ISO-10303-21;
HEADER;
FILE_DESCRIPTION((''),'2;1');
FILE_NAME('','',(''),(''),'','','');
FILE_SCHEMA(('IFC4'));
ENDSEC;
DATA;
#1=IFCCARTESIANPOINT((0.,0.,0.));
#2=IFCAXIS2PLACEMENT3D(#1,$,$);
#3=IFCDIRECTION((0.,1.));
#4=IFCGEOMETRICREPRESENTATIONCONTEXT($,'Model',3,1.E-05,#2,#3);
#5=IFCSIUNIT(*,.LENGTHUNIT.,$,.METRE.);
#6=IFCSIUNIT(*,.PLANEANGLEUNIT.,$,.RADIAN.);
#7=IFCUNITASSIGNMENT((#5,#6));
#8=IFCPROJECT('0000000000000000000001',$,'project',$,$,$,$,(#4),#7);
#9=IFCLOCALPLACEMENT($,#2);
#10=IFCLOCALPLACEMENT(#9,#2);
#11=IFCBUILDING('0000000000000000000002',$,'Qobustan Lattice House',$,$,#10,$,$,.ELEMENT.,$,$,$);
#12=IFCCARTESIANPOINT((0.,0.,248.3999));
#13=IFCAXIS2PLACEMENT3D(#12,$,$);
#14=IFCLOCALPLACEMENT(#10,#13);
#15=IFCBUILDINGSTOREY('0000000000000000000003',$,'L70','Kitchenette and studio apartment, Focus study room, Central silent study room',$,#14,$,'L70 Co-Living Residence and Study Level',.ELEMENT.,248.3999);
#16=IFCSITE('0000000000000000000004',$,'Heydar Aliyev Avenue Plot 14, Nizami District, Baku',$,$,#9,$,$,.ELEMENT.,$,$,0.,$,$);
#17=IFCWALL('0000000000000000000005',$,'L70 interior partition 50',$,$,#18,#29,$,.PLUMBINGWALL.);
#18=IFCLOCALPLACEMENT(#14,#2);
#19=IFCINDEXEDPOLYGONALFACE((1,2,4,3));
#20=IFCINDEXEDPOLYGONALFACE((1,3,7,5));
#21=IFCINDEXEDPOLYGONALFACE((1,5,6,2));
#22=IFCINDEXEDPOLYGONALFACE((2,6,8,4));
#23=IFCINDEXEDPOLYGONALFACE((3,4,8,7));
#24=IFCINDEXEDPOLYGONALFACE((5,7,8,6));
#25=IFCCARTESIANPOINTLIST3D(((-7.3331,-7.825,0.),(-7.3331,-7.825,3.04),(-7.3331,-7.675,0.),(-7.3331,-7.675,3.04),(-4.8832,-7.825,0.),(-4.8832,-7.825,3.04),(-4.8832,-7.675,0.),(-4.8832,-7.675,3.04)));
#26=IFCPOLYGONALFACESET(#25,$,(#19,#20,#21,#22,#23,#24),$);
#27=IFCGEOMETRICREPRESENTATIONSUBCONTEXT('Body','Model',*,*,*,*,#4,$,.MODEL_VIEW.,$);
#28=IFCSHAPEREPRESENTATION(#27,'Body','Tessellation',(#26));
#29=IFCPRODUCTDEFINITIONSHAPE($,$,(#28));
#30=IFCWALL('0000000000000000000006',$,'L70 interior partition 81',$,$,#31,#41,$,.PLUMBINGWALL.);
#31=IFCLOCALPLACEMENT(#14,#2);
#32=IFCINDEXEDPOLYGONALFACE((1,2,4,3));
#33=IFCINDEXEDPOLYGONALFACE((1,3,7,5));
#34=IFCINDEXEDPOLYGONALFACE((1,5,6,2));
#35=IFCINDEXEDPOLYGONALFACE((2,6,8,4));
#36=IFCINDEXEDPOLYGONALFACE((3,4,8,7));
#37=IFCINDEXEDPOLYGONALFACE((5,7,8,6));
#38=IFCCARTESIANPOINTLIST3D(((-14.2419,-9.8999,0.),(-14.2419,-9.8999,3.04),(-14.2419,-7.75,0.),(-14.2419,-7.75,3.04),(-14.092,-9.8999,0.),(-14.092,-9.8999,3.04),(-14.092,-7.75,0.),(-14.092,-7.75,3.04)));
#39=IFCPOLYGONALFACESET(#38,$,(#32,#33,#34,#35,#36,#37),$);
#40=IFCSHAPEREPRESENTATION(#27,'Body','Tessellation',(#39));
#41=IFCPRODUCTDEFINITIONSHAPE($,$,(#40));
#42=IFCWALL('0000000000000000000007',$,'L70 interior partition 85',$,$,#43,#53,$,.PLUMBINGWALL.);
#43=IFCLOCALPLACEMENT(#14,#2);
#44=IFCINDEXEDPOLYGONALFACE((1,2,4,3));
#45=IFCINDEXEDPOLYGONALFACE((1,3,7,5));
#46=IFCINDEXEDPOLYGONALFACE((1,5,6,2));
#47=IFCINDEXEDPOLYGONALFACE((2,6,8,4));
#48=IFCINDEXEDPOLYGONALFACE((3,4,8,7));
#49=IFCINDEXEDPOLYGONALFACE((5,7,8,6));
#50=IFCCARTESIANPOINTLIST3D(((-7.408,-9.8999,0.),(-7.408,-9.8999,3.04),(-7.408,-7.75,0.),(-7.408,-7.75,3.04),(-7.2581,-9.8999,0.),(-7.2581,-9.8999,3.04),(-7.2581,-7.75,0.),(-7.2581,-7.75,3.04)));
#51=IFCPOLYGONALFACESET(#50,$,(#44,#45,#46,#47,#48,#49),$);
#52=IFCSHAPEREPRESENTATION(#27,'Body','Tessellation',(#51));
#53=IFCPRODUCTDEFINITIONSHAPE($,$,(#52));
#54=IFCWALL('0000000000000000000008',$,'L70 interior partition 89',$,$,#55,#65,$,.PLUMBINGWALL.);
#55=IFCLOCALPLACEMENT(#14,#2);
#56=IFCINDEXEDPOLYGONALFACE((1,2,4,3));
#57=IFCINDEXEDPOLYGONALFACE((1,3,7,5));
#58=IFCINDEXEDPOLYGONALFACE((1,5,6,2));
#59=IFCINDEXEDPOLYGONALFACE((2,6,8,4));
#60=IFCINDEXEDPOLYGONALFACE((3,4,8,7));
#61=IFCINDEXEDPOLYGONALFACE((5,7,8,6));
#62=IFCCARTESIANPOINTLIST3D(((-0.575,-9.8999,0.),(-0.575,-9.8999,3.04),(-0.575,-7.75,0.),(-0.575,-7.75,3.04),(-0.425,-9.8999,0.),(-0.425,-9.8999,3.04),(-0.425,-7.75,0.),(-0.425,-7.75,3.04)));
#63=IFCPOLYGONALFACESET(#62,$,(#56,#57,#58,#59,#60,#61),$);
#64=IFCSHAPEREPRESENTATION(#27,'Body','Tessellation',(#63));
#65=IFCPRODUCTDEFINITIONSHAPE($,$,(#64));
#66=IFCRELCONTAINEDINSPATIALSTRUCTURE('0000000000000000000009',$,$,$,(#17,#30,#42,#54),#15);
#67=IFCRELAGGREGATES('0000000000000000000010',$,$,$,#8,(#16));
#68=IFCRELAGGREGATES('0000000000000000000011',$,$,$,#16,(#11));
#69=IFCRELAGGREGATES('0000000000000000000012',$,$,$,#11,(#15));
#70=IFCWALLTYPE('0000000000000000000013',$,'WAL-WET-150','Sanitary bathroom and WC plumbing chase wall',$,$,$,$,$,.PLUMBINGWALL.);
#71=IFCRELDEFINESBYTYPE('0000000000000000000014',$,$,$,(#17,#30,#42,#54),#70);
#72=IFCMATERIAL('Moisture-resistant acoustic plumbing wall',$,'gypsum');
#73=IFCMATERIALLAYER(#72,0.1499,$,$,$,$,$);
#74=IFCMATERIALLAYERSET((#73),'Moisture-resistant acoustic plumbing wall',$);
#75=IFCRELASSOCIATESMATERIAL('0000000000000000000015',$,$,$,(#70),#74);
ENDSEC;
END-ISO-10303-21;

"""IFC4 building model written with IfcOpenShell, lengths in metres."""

from ifc_helpers import new_model, si_unit, direction, frame, frame_2d, origin, place, context, subcontext, project, spatial, rectangle, extrude, material, layer, layer_set, type_object, element, save


model = new_model("IFC4")

# Units and contexts
model_context = context("Model", 3, precision=1e-05, world=origin(), true_north=direction((0.0, 1.0)))
body_context = subcontext(model_context, "Body", "Model", "MODEL_VIEW")
ifc_project = project(units=[si_unit("LENGTHUNIT", "METRE"), si_unit("PLANEANGLEUNIT", "RADIAN")], contexts=[model_context])

# Site, building, storey
site_placement = place(None, origin())
site = spatial("IfcSite", under=ifc_project, at=site_placement, Name="Heydar Aliyev Avenue Plot 14, Nizami District, Baku", CompositionType="ELEMENT", RefElevation=0.0)
building_placement = place(site_placement, origin())
building = spatial("IfcBuilding", under=site, at=building_placement, Name="Qobustan Lattice House", CompositionType="ELEMENT")
storey_placement = place(building_placement, frame((0.0, 0.0, 248.3999)))
storey = spatial("IfcBuildingStorey", under=building, at=storey_placement, Name="L70", Description="Kitchenette and studio apartment, Focus study room, Central silent study room", LongName="L70 Co-Living Residence and Study Level", CompositionType="ELEMENT", Elevation=248.3999)

# Walls
ifc_material_1 = material(Name="Moisture-resistant acoustic plumbing wall", Category="gypsum")
ifc_layer_1 = layer(ifc_material_1, 0.1499)
ifc_layer_set_1 = layer_set([ifc_layer_1], Name="Moisture-resistant acoustic plumbing wall")
wall_type_1 = type_object("IfcWallType", Name="WAL-WET-150", Description="Sanitary bathroom and WC plumbing chase wall", PredefinedType="PLUMBINGWALL", material=ifc_layer_set_1)
for number, where, z_axis, x_axis, name in (
    (1, (-4.8831, -7.75, 0.0), (0.0, 0.0, 1.0), (-1.0, 0.0, 0.0), "L70 interior partition 50"),
):
    element("IfcWall", number, at=place(storey_placement, frame(where, z_axis=z_axis, x_axis=x_axis)), inside=storey, type_object=wall_type_1, Name=name, PredefinedType="PLUMBINGWALL", context=body_context, shape_type="SweptSolid", body=[
        extrude(rectangle(XDim=2.45, YDim=0.1499, at=frame_2d((1.2251, 0.0))), origin(), (0.0, 0.0, 1.0), 3.04),
    ])
for number, where, z_axis, x_axis, name in (
    (2, (-14.167, -7.75, 0.0), (0.0, 0.0, 1.0), (0.0, -1.0, 0.0), "L70 interior partition 81"),
    (3, (-7.333, -7.75, 0.0), (0.0, 0.0, 1.0), (0.0, -1.0, 0.0), "L70 interior partition 85"),
    (4, (-0.5, -7.75, 0.0), (0.0, 0.0, 1.0), (0.0, -1.0, 0.0), "L70 interior partition 89"),
):
    element("IfcWall", number, at=place(storey_placement, frame(where, z_axis=z_axis, x_axis=x_axis)), inside=storey, type_object=wall_type_1, Name=name, PredefinedType="PLUMBINGWALL", context=body_context, shape_type="SweptSolid", body=[
        extrude(rectangle(XDim=2.1499, YDim=0.1499, at=frame_2d((1.075, 0.0))), origin(), (0.0, 0.0, 1.0), 3.04),
    ])

save(model, "model.ifc")
